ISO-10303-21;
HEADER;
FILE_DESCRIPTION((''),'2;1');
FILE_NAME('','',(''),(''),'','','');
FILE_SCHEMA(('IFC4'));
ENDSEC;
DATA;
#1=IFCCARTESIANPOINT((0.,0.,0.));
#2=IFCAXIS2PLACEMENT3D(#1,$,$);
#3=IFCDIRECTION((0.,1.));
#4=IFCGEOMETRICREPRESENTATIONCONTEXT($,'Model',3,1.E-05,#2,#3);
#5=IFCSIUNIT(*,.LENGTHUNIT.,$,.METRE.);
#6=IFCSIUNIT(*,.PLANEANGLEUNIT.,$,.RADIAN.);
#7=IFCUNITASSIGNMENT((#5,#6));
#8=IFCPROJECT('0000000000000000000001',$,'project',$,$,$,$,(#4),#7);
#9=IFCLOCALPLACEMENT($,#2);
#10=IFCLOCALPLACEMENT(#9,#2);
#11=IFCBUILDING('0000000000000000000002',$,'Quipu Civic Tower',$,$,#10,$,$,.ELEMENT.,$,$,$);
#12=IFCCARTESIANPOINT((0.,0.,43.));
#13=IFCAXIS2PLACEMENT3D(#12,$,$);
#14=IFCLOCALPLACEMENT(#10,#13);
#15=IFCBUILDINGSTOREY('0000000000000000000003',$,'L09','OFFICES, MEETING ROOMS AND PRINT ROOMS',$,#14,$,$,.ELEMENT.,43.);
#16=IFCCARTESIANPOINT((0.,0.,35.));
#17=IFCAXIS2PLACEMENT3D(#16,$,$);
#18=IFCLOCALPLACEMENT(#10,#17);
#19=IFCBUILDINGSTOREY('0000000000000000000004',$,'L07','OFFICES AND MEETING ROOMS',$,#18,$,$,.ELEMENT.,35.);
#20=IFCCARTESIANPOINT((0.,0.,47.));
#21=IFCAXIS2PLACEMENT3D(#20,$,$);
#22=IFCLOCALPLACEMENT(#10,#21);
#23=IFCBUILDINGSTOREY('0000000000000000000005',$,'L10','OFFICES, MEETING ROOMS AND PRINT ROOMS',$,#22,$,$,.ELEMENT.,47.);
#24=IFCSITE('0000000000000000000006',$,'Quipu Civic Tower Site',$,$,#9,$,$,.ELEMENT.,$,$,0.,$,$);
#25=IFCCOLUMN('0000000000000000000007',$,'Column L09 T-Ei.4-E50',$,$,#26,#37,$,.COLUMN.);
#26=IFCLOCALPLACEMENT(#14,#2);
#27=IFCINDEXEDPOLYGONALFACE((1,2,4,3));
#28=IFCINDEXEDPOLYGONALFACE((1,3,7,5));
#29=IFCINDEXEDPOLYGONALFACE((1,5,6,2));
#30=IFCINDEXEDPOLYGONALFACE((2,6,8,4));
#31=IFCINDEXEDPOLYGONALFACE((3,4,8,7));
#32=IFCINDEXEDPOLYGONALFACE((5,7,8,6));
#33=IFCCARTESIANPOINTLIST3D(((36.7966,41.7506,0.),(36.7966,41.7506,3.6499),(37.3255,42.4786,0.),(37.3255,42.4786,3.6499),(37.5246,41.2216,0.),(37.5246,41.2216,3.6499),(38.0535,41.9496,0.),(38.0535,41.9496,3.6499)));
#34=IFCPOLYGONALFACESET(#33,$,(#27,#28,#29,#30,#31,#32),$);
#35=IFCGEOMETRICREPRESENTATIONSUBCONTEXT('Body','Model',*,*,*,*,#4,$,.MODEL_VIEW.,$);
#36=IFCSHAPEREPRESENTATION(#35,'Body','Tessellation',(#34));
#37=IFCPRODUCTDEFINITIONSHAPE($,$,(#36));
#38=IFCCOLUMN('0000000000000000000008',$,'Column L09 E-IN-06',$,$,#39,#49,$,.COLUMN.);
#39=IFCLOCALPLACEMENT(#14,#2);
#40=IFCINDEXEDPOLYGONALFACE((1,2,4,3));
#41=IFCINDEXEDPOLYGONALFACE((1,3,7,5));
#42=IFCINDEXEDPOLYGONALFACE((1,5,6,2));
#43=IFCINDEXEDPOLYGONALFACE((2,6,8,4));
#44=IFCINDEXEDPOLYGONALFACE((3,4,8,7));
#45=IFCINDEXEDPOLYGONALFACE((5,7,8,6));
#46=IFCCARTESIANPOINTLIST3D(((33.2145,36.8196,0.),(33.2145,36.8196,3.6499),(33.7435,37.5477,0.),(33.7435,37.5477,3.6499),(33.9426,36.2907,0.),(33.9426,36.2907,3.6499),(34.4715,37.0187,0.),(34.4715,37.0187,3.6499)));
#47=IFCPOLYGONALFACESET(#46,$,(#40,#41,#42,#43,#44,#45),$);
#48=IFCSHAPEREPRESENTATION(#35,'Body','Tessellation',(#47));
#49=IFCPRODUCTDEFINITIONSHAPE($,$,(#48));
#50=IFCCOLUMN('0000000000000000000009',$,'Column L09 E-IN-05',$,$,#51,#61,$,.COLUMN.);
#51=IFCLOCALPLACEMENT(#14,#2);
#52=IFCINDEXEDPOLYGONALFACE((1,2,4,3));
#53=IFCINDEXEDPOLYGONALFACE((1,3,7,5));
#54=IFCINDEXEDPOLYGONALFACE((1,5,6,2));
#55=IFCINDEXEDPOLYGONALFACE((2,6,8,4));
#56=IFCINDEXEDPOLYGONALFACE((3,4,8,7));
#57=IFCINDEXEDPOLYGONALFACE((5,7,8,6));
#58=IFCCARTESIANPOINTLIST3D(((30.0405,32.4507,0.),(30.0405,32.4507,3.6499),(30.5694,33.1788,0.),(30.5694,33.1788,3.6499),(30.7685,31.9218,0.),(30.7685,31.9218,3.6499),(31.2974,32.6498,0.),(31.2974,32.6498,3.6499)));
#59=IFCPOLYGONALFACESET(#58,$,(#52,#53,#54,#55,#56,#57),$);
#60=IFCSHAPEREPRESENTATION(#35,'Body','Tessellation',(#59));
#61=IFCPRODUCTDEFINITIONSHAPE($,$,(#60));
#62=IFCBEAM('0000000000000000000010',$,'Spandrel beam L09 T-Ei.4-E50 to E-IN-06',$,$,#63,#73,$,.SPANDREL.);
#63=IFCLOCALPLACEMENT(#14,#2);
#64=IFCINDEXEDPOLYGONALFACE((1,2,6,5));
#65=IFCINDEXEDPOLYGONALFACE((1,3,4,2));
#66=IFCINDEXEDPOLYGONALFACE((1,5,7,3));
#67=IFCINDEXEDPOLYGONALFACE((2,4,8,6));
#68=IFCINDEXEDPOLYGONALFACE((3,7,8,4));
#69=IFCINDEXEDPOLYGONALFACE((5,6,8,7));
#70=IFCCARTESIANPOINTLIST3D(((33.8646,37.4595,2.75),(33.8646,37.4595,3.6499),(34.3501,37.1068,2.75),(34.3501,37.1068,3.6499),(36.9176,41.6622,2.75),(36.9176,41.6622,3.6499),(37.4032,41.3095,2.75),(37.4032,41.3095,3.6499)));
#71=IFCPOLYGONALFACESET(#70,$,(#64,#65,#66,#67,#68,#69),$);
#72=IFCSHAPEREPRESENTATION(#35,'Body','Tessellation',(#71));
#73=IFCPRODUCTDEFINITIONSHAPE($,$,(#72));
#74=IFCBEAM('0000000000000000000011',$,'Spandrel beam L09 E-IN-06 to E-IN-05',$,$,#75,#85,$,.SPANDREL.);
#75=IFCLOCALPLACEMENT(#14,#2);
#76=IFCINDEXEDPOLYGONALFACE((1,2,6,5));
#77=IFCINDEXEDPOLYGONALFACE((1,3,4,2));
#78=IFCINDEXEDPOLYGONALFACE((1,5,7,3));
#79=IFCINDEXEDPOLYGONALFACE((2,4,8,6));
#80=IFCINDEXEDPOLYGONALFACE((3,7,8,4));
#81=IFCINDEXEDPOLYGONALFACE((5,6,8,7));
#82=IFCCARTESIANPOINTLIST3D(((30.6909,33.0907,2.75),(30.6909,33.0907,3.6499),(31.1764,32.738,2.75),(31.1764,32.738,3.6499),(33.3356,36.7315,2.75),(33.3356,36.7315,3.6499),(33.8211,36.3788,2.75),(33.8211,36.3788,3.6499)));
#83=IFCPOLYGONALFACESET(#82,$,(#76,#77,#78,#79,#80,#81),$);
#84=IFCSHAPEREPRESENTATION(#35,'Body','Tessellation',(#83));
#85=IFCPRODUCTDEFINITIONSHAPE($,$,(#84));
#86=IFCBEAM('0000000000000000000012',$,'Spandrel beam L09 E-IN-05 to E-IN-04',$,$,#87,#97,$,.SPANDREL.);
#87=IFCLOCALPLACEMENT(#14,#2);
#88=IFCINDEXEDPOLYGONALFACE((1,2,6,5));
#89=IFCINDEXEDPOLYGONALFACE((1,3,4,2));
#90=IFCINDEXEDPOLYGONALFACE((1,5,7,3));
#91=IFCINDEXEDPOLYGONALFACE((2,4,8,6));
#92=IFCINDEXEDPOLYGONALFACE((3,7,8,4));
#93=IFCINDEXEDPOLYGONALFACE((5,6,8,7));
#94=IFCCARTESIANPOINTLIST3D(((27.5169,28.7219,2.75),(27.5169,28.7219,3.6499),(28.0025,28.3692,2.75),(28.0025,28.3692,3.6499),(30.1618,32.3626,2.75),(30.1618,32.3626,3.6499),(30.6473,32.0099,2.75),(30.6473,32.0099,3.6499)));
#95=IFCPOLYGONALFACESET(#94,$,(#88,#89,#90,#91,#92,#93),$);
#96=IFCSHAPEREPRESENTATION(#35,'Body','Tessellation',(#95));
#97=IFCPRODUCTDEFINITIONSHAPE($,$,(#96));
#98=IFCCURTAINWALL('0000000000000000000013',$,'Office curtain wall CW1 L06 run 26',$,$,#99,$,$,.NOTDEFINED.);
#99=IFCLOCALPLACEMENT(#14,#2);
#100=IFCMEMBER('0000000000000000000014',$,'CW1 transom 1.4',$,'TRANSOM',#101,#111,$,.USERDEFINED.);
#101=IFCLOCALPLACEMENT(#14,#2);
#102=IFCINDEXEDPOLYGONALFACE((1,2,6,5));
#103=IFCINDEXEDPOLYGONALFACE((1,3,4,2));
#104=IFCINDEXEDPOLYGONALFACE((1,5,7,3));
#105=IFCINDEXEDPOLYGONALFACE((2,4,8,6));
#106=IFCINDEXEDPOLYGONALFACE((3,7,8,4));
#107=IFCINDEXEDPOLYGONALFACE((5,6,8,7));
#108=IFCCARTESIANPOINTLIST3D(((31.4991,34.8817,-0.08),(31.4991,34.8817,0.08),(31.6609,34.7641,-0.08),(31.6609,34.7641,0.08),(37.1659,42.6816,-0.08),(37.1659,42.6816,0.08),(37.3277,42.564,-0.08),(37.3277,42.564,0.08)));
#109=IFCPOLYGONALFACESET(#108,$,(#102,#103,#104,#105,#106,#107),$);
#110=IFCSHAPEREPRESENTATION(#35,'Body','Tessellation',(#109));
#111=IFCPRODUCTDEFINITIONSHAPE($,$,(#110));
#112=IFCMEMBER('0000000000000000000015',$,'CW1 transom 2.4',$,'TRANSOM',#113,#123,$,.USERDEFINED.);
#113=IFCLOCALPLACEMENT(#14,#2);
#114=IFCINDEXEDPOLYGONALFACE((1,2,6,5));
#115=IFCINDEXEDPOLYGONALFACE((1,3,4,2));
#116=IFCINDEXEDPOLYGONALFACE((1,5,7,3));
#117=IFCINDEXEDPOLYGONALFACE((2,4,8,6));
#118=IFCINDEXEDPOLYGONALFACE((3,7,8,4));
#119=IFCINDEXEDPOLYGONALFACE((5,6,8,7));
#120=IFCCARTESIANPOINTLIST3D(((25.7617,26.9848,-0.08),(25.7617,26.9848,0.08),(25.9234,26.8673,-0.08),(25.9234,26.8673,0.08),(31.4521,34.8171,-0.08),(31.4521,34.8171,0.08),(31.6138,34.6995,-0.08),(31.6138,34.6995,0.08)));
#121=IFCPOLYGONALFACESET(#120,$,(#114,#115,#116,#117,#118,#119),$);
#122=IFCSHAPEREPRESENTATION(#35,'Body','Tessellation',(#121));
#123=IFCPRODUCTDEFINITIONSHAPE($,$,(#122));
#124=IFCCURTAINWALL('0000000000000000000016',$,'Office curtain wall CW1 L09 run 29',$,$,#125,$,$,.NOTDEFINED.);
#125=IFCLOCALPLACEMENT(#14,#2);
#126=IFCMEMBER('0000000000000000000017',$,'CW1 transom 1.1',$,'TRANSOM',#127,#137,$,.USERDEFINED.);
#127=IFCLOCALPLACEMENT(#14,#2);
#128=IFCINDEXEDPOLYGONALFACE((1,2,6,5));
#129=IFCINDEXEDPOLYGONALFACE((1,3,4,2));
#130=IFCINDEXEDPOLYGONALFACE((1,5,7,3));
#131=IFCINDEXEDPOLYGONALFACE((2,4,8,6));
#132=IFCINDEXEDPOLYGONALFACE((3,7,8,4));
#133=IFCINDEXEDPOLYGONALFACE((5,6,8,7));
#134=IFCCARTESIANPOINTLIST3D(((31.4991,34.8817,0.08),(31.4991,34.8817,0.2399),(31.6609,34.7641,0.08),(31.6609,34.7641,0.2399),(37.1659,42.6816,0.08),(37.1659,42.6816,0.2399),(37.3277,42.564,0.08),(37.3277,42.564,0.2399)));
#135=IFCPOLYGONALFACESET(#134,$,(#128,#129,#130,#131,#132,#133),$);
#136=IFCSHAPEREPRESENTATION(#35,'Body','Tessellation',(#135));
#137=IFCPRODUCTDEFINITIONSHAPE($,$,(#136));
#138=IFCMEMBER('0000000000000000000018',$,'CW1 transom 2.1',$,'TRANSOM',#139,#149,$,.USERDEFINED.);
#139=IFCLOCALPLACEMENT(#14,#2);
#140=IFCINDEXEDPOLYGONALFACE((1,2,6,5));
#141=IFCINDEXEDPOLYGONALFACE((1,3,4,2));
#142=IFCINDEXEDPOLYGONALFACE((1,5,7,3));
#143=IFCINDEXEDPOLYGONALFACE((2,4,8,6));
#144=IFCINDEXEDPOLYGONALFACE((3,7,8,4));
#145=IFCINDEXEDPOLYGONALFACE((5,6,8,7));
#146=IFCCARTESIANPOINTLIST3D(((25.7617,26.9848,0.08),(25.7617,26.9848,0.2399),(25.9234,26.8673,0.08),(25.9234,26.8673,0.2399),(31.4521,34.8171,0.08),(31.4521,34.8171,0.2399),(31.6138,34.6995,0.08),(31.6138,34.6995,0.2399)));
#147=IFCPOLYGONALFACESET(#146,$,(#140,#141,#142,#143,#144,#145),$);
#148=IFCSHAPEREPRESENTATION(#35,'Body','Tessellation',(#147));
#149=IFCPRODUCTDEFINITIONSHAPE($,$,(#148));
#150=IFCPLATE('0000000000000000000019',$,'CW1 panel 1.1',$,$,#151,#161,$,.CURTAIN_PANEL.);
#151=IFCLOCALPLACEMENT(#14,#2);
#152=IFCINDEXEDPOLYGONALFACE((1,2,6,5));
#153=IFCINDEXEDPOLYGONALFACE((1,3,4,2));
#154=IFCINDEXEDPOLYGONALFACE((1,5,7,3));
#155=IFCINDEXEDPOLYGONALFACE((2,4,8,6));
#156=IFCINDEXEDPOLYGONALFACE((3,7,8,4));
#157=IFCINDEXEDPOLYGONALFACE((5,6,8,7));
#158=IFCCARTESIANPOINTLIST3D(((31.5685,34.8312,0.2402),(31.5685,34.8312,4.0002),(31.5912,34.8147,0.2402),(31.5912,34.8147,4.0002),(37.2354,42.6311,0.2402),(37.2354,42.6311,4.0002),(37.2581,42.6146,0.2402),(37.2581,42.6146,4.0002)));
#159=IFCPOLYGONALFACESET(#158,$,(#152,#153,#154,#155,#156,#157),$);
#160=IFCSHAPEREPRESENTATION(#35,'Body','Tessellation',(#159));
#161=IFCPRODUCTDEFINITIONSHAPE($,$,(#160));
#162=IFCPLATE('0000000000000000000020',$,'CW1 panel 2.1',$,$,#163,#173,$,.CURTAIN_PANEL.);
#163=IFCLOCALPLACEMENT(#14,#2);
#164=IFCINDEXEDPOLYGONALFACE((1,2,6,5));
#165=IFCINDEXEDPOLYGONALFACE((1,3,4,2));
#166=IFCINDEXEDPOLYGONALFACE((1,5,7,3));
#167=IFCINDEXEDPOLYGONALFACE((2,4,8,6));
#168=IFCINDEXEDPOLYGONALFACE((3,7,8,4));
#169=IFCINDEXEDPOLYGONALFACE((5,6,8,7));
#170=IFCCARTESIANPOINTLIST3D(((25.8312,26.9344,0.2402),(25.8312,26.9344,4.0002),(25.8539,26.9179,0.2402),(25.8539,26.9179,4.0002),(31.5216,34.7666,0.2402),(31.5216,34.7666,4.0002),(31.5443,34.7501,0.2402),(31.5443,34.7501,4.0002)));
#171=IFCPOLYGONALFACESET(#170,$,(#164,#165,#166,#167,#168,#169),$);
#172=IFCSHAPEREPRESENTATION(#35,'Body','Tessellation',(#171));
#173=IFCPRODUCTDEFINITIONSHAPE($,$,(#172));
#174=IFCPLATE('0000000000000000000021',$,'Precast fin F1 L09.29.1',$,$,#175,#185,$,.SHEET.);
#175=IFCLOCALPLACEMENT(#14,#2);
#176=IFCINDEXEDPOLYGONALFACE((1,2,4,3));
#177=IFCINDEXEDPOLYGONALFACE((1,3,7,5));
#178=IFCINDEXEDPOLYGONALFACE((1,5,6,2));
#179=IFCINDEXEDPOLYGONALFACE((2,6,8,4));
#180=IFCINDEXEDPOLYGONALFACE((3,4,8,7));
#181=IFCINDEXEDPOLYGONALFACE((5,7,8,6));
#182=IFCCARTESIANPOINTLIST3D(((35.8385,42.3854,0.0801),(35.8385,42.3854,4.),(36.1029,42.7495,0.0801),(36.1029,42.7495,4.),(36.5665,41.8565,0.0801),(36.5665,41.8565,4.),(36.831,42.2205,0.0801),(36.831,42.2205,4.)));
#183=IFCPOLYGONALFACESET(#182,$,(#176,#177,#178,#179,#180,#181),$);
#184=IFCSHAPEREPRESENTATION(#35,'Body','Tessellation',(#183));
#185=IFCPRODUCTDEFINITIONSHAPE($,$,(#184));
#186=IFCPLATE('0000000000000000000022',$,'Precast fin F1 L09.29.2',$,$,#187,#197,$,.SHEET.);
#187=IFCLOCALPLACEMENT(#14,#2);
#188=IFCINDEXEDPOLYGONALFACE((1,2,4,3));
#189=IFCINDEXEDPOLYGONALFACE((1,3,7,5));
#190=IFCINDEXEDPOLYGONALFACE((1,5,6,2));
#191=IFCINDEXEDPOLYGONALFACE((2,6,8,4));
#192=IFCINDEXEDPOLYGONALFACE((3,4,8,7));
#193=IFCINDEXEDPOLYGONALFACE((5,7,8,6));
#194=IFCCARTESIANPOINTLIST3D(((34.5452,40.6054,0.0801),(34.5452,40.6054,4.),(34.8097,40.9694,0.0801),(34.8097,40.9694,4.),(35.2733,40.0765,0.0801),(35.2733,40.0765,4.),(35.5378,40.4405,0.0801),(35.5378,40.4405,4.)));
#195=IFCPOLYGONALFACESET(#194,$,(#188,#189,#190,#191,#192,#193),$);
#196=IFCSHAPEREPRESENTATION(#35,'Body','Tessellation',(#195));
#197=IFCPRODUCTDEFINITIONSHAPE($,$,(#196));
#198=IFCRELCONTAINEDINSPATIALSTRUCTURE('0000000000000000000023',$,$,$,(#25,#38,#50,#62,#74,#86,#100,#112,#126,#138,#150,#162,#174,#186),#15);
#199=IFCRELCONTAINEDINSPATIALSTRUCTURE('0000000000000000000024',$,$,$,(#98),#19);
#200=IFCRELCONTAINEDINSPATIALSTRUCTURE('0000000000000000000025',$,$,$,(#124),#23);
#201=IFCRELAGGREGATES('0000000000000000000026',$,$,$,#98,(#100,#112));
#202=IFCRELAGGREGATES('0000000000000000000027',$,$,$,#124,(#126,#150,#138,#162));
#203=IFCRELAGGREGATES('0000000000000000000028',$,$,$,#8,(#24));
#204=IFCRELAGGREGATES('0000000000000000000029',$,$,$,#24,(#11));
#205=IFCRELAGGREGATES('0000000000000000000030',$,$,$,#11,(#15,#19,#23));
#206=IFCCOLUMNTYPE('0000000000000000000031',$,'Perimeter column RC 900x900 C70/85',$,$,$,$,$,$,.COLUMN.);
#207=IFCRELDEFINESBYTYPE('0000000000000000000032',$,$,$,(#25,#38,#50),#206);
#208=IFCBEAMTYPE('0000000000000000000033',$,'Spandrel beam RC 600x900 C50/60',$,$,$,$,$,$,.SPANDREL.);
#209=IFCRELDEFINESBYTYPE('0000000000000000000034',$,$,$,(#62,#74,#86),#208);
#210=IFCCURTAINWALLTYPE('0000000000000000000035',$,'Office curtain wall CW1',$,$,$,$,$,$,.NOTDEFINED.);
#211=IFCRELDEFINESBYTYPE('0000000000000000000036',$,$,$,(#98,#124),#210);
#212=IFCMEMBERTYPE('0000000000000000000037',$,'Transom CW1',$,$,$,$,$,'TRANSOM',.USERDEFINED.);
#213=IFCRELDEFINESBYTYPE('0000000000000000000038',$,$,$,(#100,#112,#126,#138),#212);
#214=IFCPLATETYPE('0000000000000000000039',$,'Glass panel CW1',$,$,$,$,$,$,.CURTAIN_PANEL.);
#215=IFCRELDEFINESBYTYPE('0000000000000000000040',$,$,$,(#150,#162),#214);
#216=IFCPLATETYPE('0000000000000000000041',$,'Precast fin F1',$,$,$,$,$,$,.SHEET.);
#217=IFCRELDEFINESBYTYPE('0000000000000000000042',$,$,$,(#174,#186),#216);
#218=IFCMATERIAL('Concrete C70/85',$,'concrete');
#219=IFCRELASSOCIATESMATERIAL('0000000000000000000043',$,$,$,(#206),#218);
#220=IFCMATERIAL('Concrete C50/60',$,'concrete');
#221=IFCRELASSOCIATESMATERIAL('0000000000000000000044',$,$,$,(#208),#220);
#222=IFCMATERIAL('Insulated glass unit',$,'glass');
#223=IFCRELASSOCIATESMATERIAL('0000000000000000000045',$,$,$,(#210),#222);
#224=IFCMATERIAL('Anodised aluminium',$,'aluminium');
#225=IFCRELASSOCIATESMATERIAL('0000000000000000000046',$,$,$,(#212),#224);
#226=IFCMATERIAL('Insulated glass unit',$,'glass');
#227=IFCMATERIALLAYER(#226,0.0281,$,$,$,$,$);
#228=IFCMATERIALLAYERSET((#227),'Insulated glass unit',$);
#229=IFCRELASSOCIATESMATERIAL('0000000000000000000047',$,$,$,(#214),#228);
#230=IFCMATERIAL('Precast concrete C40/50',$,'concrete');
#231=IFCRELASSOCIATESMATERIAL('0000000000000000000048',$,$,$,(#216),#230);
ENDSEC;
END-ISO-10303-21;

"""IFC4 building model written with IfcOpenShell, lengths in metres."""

from ifc_helpers import new_model, si_unit, direction, frame, origin, origin_2d, place, context, subcontext, project, spatial, rectangle, extrude, material, layer, layer_set, material_profile, profile_set, type_object, element, aggregate, save


model = new_model("IFC4")

# Units and contexts
model_context = context("Model", 3, precision=1e-05, world=origin(), true_north=direction((0.0, 1.0)))
body_context = subcontext(model_context, "Body", "Model", "MODEL_VIEW")
ifc_project = project(units=[si_unit("LENGTHUNIT", "METRE"), si_unit("PLANEANGLEUNIT", "RADIAN")], contexts=[model_context])

# Site, building, storey
site_placement = place(None, origin())
site = spatial("IfcSite", under=ifc_project, at=site_placement, Name="Quipu Civic Tower Site", CompositionType="ELEMENT", RefElevation=0.0)
building_placement = place(site_placement, origin())
building = spatial("IfcBuilding", under=site, at=building_placement, Name="Quipu Civic Tower", CompositionType="ELEMENT")
storey_1_placement = place(building_placement, frame((0.0, 0.0, 43.0)))
storey_1 = spatial("IfcBuildingStorey", under=building, at=storey_1_placement, Name="L09", Description="OFFICES, MEETING ROOMS AND PRINT ROOMS", CompositionType="ELEMENT", Elevation=43.0)

# Columns
ifc_material_1 = material(Name="Concrete C70/85", Category="concrete")
ifc_material_profile_1 = material_profile(ifc_material_1, rectangle(XDim=0.8999, YDim=0.8999, at=origin_2d()), Name="RC900x900")
ifc_profile_set_1 = profile_set([ifc_material_profile_1], Name="Concrete C70/85")
column_type = type_object("IfcColumnType", Name="Perimeter column RC 900x900 C70/85", PredefinedType="COLUMN", material=ifc_profile_set_1)
for number, where, z_axis, x_axis, name in (
    (1, (37.425, 41.8501, 0.0), (0.0, 0.0, 1.0), (-0.587785, -0.809017, 0.0), "Column L09 T-Ei.4-E50"),
    (2, (33.843, 36.9192, 0.0), (0.0, 0.0, 1.0), (-0.587785, -0.809017, 0.0), "Column L09 E-IN-06"),
    (3, (30.6689, 32.5503, 0.0), (0.0, 0.0, 1.0), (-0.587785, -0.809017, 0.0), "Column L09 E-IN-05"),
):
    element("IfcColumn", number, at=place(storey_1_placement, frame(where, z_axis=z_axis, x_axis=x_axis)), inside=storey_1, type_object=column_type, Name=name, PredefinedType="COLUMN", context=body_context, shape_type="SweptSolid", body=[
        extrude(rectangle(XDim=0.8999, YDim=0.8999, at=origin_2d()), origin(), (0.0, 0.0, 1.0), 3.6499),
    ])

# Beams
ifc_material_2 = material(Name="Concrete C50/60", Category="concrete")
ifc_material_profile_2 = material_profile(ifc_material_2, rectangle(XDim=0.6001, YDim=0.8999, at=origin_2d()), Name="RC600x900")
ifc_profile_set_2 = profile_set([ifc_material_profile_2], Name="Concrete C50/60")
beam_type = type_object("IfcBeamType", Name="Spandrel beam RC 600x900 C50/60", PredefinedType="SPANDREL", material=ifc_profile_set_2)
beam_placement = place(storey_1_placement, frame((37.1604, 41.4858, 3.2), z_axis=(-0.587733, -0.809055, 0.0), x_axis=(0.809055, -0.587733, 0.0)))
element("IfcBeam", 4, at=beam_placement, inside=storey_1, type_object=beam_type, Name="Spandrel beam L09 T-Ei.4-E50 to E-IN-06", PredefinedType="SPANDREL", context=body_context, shape_type="SweptSolid", body=[
    extrude(rectangle(XDim=0.6001, YDim=0.8999, at=origin_2d()), origin(), (0.0, 0.0, 1.0), 5.1946),
])
for number, where, z_axis, x_axis, name in (
    (5, (33.5784, 36.5552, 3.2), (-0.587717, -0.809067, 0.0), (0.809067, -0.587717, 0.0), "Spandrel beam L09 E-IN-06 to E-IN-05"),
    (6, (30.4045, 32.1863, 3.2), (-0.587743, -0.809048, 0.0), (0.809048, -0.587743, 0.0), "Spandrel beam L09 E-IN-05 to E-IN-04"),
):
    element("IfcBeam", number, at=place(storey_1_placement, frame(where, z_axis=z_axis, x_axis=x_axis)), inside=storey_1, type_object=beam_type, Name=name, PredefinedType="SPANDREL", context=body_context, shape_type="SweptSolid", body=[
        extrude(rectangle(XDim=0.6001, YDim=0.8999, at=origin_2d()), origin(), (0.0, 0.0, 1.0), 4.5),
    ])

# Shared definitions
storey_2_placement = place(building_placement, frame((0.0, 0.0, 35.0)))
storey_2 = spatial("IfcBuildingStorey", under=building, at=storey_2_placement, Name="L07", Description="OFFICES AND MEETING ROOMS", CompositionType="ELEMENT", Elevation=35.0)

# Curtain wall, members
ifc_material_3 = material(Name="Insulated glass unit", Category="glass")
curtain_wall_type = type_object("IfcCurtainWallType", Name="Office curtain wall CW1", PredefinedType="NOTDEFINED", material=ifc_material_3)
curtain_wall_1_placement = place(storey_2_placement, origin())
curtain_wall_1 = element("IfcCurtainWall", 7, at=curtain_wall_1_placement, inside=storey_2, type_object=curtain_wall_type, Name="Office curtain wall CW1 L06 run 26", PredefinedType="NOTDEFINED")
ifc_material_4 = material(Name="Anodised aluminium", Category="aluminium")
ifc_material_profile_3 = material_profile(ifc_material_4, rectangle(XDim=0.2, YDim=0.1599, at=origin_2d()), Name="RECT 200x160")
ifc_profile_set_3 = profile_set([ifc_material_profile_3], Name="Anodised aluminium")
member_type = type_object("IfcMemberType", Name="Transom CW1", ElementType="TRANSOM", PredefinedType="USERDEFINED", material=ifc_profile_set_3)
member_1_placement = place(storey_1_placement, frame((37.2468, 42.6228, 0.0), z_axis=(-0.587776, -0.809024, 0.0), x_axis=(0.809024, -0.587776, 0.0)))
member_1 = element("IfcMember", 8, at=member_1_placement, inside=storey_1, type_object=member_type, Name="CW1 transom 1.4", ObjectType="TRANSOM", PredefinedType="USERDEFINED", context=body_context, shape_type="SweptSolid", body=[
    extrude(rectangle(XDim=0.2, YDim=0.1599, at=origin_2d()), origin(), (0.0, 0.0, 1.0), 9.6411),
])
member_2_placement = place(storey_1_placement, frame((31.533, 34.7583, 0.0), z_axis=(-0.587782, -0.80902, 0.0), x_axis=(0.80902, -0.587782, 0.0)))
member_2 = element("IfcMember", 9, at=member_2_placement, inside=storey_1, type_object=member_type, Name="CW1 transom 2.4", ObjectType="TRANSOM", PredefinedType="USERDEFINED", context=body_context, shape_type="SweptSolid", body=[
    extrude(rectangle(XDim=0.2, YDim=0.1599, at=origin_2d()), origin(), (0.0, 0.0, 1.0), 9.6812),
])
aggregate(curtain_wall_1, [member_1, member_2])

# Shared definitions
storey_3_placement = place(building_placement, frame((0.0, 0.0, 47.0)))
storey_3 = spatial("IfcBuildingStorey", under=building, at=storey_3_placement, Name="L10", Description="OFFICES, MEETING ROOMS AND PRINT ROOMS", CompositionType="ELEMENT", Elevation=47.0)

# Curtain wall, members, plates
curtain_wall_2_placement = place(storey_3_placement, origin())
curtain_wall_2 = element("IfcCurtainWall", 10, at=curtain_wall_2_placement, inside=storey_3, type_object=curtain_wall_type, Name="Office curtain wall CW1 L09 run 29", PredefinedType="NOTDEFINED")
member_3_placement = place(storey_1_placement, frame((37.2468, 42.6228, 0.1599), z_axis=(-0.587776, -0.809024, 0.0), x_axis=(0.809024, -0.587776, 0.0)))
member_3 = element("IfcMember", 11, at=member_3_placement, inside=storey_1, type_object=member_type, Name="CW1 transom 1.1", ObjectType="TRANSOM", PredefinedType="USERDEFINED", context=body_context, shape_type="SweptSolid", body=[
    extrude(rectangle(XDim=0.2, YDim=0.1599, at=origin_2d()), origin(), (0.0, 0.0, 1.0), 9.6411),
])
member_4_placement = place(storey_1_placement, frame((31.533, 34.7583, 0.1599), z_axis=(-0.587782, -0.80902, 0.0), x_axis=(0.80902, -0.587782, 0.0)))
member_4 = element("IfcMember", 12, at=member_4_placement, inside=storey_1, type_object=member_type, Name="CW1 transom 2.1", ObjectType="TRANSOM", PredefinedType="USERDEFINED", context=body_context, shape_type="SweptSolid", body=[
    extrude(rectangle(XDim=0.2, YDim=0.1599, at=origin_2d()), origin(), (0.0, 0.0, 1.0), 9.6812),
])
ifc_material_5 = material(Name="Insulated glass unit", Category="glass")
ifc_layer_1 = layer(ifc_material_5, 0.0281)
ifc_layer_set_1 = layer_set([ifc_layer_1], Name="Insulated glass unit")
plate_type_1 = type_object("IfcPlateType", Name="Glass panel CW1", PredefinedType="CURTAIN_PANEL", material=ifc_layer_set_1)
plate_1_placement = place(storey_1_placement, frame((34.4133, 38.7229, 0.2402), z_axis=(0.0, 0.0, 1.0), x_axis=(-0.587786, -0.809017, 0.0)))
plate_1 = element("IfcPlate", 13, at=plate_1_placement, inside=storey_1, type_object=plate_type_1, Name="CW1 panel 1.1", PredefinedType="CURTAIN_PANEL", context=body_context, shape_type="SweptSolid", body=[
    extrude(rectangle(XDim=9.6411, YDim=0.0281, at=origin_2d()), origin(), (0.0, 0.0, 1.0), 3.76),
])
plate_2_placement = place(storey_1_placement, frame((28.6877, 30.8423, 0.2402), z_axis=(0.0, 0.0, 1.0), x_axis=(-0.587786, -0.809017, 0.0)))
plate_2 = element("IfcPlate", 14, at=plate_2_placement, inside=storey_1, type_object=plate_type_1, Name="CW1 panel 2.1", PredefinedType="CURTAIN_PANEL", context=body_context, shape_type="SweptSolid", body=[
    extrude(rectangle(XDim=9.6812, YDim=0.0281, at=origin_2d()), origin(), (0.0, 0.0, 1.0), 3.76),
])
aggregate(curtain_wall_2, [member_3, plate_1, member_4, plate_2])

# Plates
ifc_material_6 = material(Name="Precast concrete C40/50", Category="concrete")
plate_type_2 = type_object("IfcPlateType", Name="Precast fin F1", PredefinedType="SHEET", material=ifc_material_6)
for number, where, z_axis, x_axis, name in (
    (15, (36.3347, 42.303, 0.0801), (0.0, 0.0, 1.0), (-0.587785, -0.809017, 0.0), "Precast fin F1 L09.29.1"),
    (16, (35.0415, 40.5229, 0.0801), (0.0, 0.0, 1.0), (-0.587785, -0.809017, 0.0), "Precast fin F1 L09.29.2"),
):
    element("IfcPlate", number, at=place(storey_1_placement, frame(where, z_axis=z_axis, x_axis=x_axis)), inside=storey_1, type_object=plate_type_2, Name=name, PredefinedType="SHEET", context=body_context, shape_type="SweptSolid", body=[
        extrude(rectangle(XDim=0.45, YDim=0.8999, at=origin_2d()), origin(), (0.0, 0.0, 1.0), 3.9199),
    ])

save(model, "model.ifc")
